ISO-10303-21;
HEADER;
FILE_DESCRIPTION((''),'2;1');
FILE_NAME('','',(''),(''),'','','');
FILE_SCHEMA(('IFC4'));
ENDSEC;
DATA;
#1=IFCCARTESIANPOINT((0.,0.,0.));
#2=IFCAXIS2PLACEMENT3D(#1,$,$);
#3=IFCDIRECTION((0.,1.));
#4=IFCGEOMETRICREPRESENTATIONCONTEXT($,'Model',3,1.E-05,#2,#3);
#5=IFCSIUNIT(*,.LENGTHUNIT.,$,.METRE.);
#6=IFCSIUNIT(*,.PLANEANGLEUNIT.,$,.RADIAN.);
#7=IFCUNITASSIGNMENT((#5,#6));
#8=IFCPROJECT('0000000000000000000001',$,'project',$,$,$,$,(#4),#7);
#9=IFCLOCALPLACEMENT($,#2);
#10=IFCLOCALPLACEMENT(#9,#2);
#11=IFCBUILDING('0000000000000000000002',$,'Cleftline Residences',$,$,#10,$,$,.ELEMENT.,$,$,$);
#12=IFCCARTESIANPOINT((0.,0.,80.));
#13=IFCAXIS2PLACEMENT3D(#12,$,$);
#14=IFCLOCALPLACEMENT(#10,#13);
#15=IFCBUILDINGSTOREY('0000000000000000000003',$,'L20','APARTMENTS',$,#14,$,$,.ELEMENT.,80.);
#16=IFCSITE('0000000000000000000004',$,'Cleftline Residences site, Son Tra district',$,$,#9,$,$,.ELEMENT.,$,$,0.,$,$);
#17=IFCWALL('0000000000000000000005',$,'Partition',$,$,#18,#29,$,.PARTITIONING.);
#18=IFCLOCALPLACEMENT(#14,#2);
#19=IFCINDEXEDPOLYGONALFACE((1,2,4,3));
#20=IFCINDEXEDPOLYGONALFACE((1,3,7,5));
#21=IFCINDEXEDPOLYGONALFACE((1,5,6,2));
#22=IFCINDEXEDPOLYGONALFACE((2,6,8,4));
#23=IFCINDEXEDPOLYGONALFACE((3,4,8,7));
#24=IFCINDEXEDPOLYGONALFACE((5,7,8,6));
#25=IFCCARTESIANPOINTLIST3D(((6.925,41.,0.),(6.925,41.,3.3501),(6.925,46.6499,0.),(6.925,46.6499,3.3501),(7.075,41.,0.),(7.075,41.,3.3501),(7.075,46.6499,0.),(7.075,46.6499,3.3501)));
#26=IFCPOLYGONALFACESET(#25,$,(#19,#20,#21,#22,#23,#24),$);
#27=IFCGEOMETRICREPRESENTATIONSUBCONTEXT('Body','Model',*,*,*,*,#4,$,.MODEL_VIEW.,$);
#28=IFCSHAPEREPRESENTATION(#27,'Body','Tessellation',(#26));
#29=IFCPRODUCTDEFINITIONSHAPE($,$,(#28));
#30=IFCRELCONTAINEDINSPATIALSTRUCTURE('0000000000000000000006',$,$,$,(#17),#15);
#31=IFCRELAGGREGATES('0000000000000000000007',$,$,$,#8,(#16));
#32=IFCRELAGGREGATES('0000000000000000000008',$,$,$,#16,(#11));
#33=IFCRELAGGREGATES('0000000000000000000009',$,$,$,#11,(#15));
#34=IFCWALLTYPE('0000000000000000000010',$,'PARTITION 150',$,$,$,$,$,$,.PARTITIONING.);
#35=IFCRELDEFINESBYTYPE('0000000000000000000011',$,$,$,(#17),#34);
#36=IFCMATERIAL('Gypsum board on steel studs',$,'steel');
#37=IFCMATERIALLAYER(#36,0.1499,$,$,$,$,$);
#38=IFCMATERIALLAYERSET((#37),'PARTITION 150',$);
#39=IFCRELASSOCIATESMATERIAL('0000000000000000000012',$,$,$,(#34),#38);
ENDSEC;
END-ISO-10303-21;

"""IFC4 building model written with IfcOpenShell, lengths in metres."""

from ifc_helpers import new_model, si_unit, direction, frame, frame_2d, origin, place, context, subcontext, project, spatial, rectangle, extrude, material, layer, layer_set, type_object, element, save


model = new_model("IFC4")

# Units and contexts
model_context = context("Model", 3, precision=1e-05, world=origin(), true_north=direction((0.0, 1.0)))
body_context = subcontext(model_context, "Body", "Model", "MODEL_VIEW")
ifc_project = project(units=[si_unit("LENGTHUNIT", "METRE"), si_unit("PLANEANGLEUNIT", "RADIAN")], contexts=[model_context])

# Site, building, storey
site_placement = place(None, origin())
site = spatial("IfcSite", under=ifc_project, at=site_placement, Name="Cleftline Residences site, Son Tra district", CompositionType="ELEMENT", RefElevation=0.0)
building_placement = place(site_placement, origin())
building = spatial("IfcBuilding", under=site, at=building_placement, Name="Cleftline Residences", CompositionType="ELEMENT")
storey_placement = place(building_placement, frame((0.0, 0.0, 80.0)))
storey = spatial("IfcBuildingStorey", under=building, at=storey_placement, Name="L20", Description="APARTMENTS", CompositionType="ELEMENT", Elevation=80.0)

# Wall
ifc_material_1 = material(Name="Gypsum board on steel studs", Category="steel")
ifc_layer_1 = layer(ifc_material_1, 0.1499)
ifc_layer_set_1 = layer_set([ifc_layer_1], Name="PARTITION 150")
wall_type_1 = type_object("IfcWallType", Name="PARTITION 150", PredefinedType="PARTITIONING", material=ifc_layer_set_1)
wall_1_placement = place(storey_placement, frame((7.0, 41.0, 0.0), z_axis=(0.0, 0.0, 1.0), x_axis=(0.0, 1.0, 0.0)))
element("IfcWall", 1, at=wall_1_placement, inside=storey, type_object=wall_type_1, Name="Partition", PredefinedType="PARTITIONING", context=body_context, shape_type="SweptSolid", body=[
    extrude(rectangle(XDim=5.6499, YDim=0.1499, at=frame_2d((2.825, 0.0))), origin(), (0.0, 0.0, 1.0), 3.3501),
])

save(model, "model.ifc")
